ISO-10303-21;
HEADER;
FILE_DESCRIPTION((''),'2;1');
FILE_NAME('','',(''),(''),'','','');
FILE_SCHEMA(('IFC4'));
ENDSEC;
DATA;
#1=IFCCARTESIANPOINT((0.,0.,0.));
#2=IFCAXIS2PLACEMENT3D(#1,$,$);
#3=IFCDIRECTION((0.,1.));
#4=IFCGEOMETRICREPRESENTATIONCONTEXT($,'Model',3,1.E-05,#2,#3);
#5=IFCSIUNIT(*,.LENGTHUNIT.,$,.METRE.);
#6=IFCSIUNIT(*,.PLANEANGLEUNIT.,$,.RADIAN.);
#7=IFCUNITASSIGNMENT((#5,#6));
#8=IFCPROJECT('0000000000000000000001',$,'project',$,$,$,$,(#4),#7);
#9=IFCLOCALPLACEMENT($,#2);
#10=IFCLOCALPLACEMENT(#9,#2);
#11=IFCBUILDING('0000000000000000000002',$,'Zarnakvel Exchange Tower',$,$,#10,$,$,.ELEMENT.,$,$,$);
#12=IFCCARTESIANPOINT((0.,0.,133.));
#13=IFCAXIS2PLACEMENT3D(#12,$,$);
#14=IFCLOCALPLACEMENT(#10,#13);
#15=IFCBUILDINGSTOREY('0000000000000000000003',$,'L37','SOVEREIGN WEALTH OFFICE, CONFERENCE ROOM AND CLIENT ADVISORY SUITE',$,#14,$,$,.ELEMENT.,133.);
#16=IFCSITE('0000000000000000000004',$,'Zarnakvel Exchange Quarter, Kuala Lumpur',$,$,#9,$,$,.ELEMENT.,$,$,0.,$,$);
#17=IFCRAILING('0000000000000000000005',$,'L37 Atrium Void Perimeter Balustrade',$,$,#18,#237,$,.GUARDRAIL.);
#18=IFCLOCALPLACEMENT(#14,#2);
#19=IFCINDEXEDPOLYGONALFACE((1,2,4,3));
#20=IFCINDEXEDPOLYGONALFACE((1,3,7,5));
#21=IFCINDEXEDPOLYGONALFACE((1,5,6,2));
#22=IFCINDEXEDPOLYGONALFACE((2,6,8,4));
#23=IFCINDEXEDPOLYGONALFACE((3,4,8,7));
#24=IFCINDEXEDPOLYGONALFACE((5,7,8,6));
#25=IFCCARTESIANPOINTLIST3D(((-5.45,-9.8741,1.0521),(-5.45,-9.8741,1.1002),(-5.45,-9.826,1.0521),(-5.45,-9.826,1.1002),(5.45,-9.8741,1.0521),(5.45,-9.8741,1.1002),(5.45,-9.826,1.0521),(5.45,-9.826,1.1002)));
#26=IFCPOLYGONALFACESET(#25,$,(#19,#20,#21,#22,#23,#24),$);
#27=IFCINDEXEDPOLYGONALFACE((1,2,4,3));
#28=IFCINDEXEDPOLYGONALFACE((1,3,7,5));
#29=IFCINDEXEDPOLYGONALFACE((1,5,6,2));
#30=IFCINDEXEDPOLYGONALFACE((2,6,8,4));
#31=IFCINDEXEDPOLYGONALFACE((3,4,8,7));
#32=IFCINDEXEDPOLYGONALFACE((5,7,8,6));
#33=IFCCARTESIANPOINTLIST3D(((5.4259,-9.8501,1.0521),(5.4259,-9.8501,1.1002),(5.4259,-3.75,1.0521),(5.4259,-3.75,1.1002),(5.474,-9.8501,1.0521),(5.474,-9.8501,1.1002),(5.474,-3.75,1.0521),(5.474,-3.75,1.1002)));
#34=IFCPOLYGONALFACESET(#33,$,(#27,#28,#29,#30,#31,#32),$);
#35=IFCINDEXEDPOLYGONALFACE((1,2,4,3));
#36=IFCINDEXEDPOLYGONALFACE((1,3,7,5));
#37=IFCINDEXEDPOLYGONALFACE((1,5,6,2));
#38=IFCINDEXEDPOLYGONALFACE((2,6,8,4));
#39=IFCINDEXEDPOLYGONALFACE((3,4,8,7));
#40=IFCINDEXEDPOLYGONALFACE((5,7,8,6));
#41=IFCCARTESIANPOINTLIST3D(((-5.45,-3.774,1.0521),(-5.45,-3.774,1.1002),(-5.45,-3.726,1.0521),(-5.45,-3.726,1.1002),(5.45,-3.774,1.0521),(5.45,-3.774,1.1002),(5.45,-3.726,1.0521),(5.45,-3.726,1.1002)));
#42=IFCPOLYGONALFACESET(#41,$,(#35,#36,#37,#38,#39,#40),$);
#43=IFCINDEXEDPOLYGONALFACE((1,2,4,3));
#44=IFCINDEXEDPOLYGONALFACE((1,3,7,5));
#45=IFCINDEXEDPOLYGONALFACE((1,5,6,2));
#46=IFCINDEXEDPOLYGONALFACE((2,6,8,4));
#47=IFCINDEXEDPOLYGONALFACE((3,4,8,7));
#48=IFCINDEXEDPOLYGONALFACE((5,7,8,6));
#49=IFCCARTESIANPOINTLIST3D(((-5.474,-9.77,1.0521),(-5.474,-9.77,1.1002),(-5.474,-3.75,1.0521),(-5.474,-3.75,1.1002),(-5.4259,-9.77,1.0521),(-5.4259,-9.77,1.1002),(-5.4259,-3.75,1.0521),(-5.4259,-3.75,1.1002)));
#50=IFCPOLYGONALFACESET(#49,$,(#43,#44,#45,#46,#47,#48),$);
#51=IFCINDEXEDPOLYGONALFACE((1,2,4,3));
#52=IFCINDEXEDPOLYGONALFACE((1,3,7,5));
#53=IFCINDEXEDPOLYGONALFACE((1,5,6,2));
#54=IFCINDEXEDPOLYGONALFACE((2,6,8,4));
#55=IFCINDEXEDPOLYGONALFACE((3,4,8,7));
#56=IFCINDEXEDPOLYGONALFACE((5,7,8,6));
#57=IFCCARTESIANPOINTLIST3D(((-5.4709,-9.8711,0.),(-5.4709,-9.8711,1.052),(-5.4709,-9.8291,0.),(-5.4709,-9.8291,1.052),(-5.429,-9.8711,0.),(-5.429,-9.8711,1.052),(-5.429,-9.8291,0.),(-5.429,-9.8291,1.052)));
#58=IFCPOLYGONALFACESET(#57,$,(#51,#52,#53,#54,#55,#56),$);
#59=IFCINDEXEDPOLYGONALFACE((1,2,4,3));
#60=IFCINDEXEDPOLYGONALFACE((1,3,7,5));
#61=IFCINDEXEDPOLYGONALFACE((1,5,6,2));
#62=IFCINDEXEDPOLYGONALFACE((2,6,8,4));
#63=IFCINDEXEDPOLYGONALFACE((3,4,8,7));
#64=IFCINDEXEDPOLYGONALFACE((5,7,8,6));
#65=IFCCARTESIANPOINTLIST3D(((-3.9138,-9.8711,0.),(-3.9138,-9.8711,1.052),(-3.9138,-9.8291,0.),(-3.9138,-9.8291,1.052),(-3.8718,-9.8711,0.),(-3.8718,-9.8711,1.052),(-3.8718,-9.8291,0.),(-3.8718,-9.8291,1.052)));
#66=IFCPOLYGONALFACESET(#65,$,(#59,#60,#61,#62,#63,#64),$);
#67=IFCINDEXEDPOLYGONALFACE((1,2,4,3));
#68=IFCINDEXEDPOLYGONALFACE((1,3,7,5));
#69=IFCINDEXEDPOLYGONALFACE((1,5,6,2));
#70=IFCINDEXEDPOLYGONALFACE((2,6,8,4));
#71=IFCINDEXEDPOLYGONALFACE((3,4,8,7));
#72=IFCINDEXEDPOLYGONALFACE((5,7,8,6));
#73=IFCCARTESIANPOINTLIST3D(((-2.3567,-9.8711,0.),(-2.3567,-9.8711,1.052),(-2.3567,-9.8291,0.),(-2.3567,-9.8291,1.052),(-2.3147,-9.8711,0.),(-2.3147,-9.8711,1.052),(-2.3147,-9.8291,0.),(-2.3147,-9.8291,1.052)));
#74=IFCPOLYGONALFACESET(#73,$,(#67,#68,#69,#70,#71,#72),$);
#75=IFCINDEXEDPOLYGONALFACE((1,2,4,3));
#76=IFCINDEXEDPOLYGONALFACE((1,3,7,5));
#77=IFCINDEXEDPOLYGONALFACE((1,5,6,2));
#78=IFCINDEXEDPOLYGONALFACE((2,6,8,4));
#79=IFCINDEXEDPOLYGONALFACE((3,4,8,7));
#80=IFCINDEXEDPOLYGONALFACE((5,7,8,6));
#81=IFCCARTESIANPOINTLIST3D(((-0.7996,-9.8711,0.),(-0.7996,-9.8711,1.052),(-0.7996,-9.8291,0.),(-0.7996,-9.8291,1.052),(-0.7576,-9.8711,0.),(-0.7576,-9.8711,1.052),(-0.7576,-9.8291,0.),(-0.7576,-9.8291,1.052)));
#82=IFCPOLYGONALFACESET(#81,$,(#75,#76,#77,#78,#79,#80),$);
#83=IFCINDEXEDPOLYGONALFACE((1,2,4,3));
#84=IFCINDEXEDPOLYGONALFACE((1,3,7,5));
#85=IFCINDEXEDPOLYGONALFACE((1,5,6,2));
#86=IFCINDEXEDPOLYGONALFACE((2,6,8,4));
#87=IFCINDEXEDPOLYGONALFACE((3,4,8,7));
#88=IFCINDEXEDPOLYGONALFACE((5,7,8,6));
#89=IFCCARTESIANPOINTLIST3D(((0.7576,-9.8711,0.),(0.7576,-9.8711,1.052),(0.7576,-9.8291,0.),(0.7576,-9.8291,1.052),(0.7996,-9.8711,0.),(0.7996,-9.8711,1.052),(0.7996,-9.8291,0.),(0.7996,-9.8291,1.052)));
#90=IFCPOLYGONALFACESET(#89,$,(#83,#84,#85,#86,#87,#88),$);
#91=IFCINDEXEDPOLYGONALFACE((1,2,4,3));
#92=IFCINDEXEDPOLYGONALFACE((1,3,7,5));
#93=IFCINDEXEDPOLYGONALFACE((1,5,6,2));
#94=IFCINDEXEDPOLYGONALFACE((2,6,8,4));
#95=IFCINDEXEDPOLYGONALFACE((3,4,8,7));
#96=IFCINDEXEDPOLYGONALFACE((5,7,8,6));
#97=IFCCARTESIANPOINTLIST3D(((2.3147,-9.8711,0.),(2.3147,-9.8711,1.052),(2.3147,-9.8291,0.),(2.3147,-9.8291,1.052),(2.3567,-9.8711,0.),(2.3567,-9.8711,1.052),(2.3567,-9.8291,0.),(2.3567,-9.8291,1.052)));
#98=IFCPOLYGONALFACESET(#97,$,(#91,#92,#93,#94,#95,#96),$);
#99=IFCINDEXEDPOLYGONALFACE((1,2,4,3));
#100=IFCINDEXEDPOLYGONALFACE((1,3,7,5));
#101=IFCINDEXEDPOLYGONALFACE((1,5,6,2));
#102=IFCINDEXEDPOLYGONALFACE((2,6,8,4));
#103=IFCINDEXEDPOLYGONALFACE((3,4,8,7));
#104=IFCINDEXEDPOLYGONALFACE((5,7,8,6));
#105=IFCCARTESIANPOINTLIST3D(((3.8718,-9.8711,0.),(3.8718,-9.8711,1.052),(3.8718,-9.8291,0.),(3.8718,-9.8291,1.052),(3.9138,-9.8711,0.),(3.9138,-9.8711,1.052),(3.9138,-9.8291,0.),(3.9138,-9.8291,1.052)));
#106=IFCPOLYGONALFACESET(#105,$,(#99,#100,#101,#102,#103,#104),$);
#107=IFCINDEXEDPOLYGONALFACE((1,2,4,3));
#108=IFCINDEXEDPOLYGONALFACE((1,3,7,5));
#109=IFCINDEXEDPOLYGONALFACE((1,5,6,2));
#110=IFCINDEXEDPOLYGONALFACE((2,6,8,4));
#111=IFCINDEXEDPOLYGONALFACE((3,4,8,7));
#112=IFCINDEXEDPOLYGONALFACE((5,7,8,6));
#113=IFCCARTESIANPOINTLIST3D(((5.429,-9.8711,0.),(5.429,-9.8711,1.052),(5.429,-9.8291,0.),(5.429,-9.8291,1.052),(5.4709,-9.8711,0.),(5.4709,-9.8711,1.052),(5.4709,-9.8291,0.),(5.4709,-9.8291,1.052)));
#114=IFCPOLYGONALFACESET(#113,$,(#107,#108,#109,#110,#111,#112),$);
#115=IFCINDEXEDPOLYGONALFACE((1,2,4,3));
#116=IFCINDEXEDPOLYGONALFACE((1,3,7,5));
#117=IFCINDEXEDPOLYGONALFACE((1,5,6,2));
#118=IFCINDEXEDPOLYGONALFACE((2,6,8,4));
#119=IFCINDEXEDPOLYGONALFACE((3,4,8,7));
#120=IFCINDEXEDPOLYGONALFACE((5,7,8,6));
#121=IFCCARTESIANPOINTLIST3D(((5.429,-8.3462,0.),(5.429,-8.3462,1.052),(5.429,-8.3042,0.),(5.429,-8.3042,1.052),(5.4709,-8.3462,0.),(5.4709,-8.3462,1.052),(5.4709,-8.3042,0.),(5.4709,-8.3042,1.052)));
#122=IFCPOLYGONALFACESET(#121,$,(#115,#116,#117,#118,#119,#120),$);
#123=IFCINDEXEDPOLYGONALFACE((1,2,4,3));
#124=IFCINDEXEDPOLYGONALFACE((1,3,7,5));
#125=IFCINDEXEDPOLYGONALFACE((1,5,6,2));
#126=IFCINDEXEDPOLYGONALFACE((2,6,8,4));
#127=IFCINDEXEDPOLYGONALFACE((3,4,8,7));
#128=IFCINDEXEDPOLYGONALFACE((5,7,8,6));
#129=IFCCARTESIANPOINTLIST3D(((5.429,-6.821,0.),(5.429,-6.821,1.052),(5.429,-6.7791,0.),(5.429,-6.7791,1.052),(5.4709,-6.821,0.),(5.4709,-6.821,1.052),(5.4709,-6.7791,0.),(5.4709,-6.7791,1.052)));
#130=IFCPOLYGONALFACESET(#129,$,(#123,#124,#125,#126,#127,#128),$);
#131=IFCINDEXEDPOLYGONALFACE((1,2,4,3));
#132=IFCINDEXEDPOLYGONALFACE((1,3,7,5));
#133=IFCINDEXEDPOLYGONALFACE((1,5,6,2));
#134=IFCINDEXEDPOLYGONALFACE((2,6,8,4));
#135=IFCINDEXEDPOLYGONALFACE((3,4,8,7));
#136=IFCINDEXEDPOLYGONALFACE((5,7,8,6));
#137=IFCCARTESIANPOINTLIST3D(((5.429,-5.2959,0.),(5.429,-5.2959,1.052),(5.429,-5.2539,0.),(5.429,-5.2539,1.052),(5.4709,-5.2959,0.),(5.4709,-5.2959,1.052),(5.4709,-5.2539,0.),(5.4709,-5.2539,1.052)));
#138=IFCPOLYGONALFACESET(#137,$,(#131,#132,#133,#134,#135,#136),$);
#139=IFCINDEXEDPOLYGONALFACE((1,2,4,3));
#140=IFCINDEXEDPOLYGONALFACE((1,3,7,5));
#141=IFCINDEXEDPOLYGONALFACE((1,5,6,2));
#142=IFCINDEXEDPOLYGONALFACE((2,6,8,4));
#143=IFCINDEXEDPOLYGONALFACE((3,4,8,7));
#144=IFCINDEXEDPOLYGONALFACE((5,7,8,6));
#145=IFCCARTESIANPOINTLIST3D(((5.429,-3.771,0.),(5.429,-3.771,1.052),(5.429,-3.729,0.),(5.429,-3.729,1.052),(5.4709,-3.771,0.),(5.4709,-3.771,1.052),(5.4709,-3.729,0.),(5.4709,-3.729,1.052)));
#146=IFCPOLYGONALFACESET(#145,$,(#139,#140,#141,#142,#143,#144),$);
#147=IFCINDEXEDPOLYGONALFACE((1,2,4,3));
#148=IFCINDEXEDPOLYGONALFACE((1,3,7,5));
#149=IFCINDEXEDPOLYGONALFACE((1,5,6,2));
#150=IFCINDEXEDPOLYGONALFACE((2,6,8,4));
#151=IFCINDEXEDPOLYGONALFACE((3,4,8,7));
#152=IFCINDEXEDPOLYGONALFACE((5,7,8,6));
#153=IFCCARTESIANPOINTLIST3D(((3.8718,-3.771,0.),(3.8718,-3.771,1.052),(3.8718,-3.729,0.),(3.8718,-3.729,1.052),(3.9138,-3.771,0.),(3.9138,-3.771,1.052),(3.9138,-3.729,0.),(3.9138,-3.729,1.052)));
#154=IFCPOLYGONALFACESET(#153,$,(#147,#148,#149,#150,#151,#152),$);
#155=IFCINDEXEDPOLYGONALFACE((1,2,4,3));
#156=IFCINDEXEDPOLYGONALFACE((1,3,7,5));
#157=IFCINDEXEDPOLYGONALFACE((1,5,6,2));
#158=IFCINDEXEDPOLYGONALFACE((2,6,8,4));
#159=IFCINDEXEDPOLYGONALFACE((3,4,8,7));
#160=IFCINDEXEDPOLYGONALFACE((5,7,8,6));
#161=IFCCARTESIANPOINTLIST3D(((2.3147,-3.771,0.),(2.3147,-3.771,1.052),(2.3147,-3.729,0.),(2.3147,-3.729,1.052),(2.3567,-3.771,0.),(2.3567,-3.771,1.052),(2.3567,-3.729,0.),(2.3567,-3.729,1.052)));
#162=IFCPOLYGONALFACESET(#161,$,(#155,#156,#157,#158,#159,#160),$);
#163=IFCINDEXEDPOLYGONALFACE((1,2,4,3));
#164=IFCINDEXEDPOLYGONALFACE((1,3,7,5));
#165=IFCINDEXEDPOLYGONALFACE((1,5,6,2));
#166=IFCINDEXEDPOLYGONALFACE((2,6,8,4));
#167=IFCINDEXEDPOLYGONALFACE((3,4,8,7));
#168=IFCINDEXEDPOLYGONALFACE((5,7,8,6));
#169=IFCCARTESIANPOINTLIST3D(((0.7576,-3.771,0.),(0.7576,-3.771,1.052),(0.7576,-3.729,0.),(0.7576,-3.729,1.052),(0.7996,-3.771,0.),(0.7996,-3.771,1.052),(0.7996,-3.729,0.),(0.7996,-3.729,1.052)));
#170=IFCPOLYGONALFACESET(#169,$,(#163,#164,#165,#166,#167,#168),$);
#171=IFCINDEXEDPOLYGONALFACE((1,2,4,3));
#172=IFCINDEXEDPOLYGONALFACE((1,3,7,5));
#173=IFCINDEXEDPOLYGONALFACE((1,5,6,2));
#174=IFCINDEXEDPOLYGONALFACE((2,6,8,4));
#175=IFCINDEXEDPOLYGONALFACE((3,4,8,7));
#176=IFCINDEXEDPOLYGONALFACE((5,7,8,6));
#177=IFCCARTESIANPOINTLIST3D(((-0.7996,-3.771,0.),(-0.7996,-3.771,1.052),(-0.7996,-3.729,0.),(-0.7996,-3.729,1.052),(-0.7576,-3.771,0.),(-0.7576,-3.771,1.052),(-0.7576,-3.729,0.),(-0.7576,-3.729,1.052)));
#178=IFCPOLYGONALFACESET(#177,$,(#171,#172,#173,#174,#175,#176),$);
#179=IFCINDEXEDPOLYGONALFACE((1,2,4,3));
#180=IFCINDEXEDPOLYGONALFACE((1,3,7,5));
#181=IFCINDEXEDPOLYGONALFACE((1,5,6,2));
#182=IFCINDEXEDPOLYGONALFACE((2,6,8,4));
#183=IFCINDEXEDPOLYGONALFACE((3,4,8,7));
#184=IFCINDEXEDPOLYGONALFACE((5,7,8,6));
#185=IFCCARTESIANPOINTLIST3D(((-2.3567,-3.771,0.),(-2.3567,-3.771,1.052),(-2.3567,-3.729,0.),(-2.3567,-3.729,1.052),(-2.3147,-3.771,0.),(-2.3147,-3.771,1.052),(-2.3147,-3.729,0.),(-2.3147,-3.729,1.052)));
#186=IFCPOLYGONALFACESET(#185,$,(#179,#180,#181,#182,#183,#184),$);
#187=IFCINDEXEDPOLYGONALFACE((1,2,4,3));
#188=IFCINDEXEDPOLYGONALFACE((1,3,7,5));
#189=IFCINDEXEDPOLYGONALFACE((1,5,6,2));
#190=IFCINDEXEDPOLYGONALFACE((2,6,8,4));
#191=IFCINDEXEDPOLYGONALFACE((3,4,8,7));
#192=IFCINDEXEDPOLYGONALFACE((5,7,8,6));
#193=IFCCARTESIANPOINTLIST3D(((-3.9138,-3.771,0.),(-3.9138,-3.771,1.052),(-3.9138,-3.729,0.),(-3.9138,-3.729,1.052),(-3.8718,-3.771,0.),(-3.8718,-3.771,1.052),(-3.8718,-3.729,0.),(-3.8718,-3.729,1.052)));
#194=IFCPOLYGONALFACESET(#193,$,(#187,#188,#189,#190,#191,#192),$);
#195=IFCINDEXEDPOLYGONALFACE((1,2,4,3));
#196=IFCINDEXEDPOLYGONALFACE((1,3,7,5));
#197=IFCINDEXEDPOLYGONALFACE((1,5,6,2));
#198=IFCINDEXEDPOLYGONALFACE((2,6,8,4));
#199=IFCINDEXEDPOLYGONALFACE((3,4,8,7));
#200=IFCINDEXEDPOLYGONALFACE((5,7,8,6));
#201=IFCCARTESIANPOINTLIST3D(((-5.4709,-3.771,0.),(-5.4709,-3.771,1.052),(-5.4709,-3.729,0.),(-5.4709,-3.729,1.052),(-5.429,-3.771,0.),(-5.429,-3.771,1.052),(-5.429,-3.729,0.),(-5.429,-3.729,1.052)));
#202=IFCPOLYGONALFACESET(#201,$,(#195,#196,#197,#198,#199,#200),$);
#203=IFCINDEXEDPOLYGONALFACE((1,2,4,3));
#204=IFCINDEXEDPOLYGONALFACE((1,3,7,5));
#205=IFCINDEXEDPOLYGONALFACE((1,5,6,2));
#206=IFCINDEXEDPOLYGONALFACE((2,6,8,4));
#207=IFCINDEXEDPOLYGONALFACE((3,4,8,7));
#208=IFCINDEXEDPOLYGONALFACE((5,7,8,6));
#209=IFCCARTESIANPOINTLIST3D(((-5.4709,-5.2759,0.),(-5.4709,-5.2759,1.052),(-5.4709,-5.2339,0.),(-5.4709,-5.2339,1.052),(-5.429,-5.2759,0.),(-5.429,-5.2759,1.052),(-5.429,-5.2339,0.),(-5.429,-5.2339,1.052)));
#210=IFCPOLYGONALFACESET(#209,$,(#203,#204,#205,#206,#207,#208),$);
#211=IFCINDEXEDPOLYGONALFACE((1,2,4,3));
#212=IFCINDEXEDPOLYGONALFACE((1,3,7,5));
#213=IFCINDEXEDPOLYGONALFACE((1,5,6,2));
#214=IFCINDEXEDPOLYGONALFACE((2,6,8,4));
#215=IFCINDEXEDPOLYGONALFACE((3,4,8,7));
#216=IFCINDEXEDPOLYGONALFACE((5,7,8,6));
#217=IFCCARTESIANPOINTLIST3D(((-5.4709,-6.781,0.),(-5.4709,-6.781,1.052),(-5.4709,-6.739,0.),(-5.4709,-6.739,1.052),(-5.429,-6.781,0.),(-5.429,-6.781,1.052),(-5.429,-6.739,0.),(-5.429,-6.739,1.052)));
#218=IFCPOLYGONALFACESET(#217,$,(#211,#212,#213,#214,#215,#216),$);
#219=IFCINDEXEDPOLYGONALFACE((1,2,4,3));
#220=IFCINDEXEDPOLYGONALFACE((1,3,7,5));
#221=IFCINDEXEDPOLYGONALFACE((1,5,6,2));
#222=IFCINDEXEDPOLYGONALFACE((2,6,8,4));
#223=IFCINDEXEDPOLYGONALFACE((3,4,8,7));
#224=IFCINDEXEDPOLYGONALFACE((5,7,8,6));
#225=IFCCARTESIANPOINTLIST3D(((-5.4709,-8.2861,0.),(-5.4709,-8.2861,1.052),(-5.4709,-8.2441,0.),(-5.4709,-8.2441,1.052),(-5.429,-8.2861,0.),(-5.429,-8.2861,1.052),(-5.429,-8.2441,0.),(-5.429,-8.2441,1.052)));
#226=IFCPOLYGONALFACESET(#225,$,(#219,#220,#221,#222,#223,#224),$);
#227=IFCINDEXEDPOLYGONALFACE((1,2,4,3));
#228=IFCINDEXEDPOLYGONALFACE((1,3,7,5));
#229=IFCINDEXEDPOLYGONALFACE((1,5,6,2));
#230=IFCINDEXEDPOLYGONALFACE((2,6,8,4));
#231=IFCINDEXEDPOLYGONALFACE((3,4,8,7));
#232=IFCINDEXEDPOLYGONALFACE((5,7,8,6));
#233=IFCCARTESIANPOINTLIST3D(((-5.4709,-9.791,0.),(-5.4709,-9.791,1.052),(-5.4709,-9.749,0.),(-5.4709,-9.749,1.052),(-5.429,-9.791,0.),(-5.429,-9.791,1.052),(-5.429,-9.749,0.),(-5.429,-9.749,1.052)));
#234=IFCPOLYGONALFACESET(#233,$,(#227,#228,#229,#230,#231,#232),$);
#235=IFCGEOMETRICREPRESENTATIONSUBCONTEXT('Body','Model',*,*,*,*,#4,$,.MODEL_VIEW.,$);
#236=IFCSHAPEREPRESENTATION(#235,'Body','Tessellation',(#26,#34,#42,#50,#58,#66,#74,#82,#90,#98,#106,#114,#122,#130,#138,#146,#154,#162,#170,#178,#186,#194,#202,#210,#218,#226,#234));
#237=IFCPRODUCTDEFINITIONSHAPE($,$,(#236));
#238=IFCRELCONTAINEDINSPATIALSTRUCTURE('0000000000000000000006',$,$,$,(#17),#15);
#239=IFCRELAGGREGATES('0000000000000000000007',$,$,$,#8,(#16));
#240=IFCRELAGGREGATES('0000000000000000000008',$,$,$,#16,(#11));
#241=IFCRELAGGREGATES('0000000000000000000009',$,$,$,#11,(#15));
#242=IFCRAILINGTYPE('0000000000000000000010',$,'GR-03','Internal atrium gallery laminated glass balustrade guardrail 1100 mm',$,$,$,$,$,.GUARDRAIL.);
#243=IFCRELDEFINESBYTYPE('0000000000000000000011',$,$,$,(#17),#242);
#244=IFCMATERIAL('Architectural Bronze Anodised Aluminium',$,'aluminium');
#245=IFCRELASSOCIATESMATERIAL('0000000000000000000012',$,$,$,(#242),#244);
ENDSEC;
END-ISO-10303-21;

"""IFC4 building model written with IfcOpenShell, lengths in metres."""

from ifc_helpers import new_model, si_unit, direction, frame, origin, origin_2d, place, context, subcontext, project, spatial, rectangle, extrude, material, type_object, element, save


model = new_model("IFC4")

# Units and contexts
model_context = context("Model", 3, precision=1e-05, world=origin(), true_north=direction((0.0, 1.0)))
body_context = subcontext(model_context, "Body", "Model", "MODEL_VIEW")
ifc_project = project(units=[si_unit("LENGTHUNIT", "METRE"), si_unit("PLANEANGLEUNIT", "RADIAN")], contexts=[model_context])

# Site, building, storey
site_placement = place(None, origin())
site = spatial("IfcSite", under=ifc_project, at=site_placement, Name="Zarnakvel Exchange Quarter, Kuala Lumpur", CompositionType="ELEMENT", RefElevation=0.0)
building_placement = place(site_placement, origin())
building = spatial("IfcBuilding", under=site, at=building_placement, Name="Zarnakvel Exchange Tower", CompositionType="ELEMENT")
storey_placement = place(building_placement, frame((0.0, 0.0, 133.0)))
storey = spatial("IfcBuildingStorey", under=building, at=storey_placement, Name="L37", Description="SOVEREIGN WEALTH OFFICE, CONFERENCE ROOM AND CLIENT ADVISORY SUITE", CompositionType="ELEMENT", Elevation=133.0)

# Shared definitions
ifc_material_1 = material(Name="Architectural Bronze Anodised Aluminium", Category="aluminium")

# Railing
railing_type_1 = type_object("IfcRailingType", Name="GR-03", Description="Internal atrium gallery laminated glass balustrade guardrail 1100 mm", PredefinedType="GUARDRAIL", material=ifc_material_1)
railing_1_placement = place(storey_placement, frame((-5.45, -9.8501, 0.0)))
element("IfcRailing", 1, at=railing_1_placement, inside=storey, type_object=railing_type_1, Name="L37 Atrium Void Perimeter Balustrade", PredefinedType="GUARDRAIL", context=body_context, shape_type="SweptSolid", body=[
    extrude(rectangle(XDim=0.0481, YDim=0.0481, at=origin_2d()), frame((0.0, 0.0, 1.0762), z_axis=(1.0, 0.0, 0.0), x_axis=(0.0, 1.0, 0.0)), (0.0, 0.0, 1.0), 10.8999),
    extrude(rectangle(XDim=0.0481, YDim=0.0481, at=origin_2d()), frame((10.8999, 0.0, 1.0762), z_axis=(0.0, 1.0, 0.0), x_axis=(-1.0, 0.0, 0.0)), (0.0, 0.0, 1.0), 6.1001),
    extrude(rectangle(XDim=0.0481, YDim=0.0481, at=origin_2d()), frame((10.8999, 6.1001, 1.0762), z_axis=(-1.0, 0.0, 0.0), x_axis=(0.0, -1.0, 0.0)), (0.0, 0.0, 1.0), 10.8999),
    extrude(rectangle(XDim=0.0481, YDim=0.0481, at=origin_2d()), frame((0.0, 6.1001, 1.0762), z_axis=(0.0, -1.0, 0.0), x_axis=(1.0, 0.0, 0.0)), (0.0, 0.0, 1.0), 6.02),
    extrude(rectangle(XDim=0.042, YDim=0.042, at=origin_2d()), origin(), (0.0, 0.0, 1.0), 1.052),
    extrude(rectangle(XDim=0.042, YDim=0.042, at=origin_2d()), frame((1.5571, 0.0, 0.0)), (0.0, 0.0, 1.0), 1.052),
    extrude(rectangle(XDim=0.042, YDim=0.042, at=origin_2d()), frame((3.1143, 0.0, 0.0)), (0.0, 0.0, 1.0), 1.052),
    extrude(rectangle(XDim=0.042, YDim=0.042, at=origin_2d()), frame((4.6714, 0.0, 0.0)), (0.0, 0.0, 1.0), 1.052),
    extrude(rectangle(XDim=0.042, YDim=0.042, at=origin_2d()), frame((6.2285, 0.0, 0.0)), (0.0, 0.0, 1.0), 1.052),
    extrude(rectangle(XDim=0.042, YDim=0.042, at=origin_2d()), frame((7.7856, 0.0, 0.0)), (0.0, 0.0, 1.0), 1.052),
    extrude(rectangle(XDim=0.042, YDim=0.042, at=origin_2d()), frame((9.3428, 0.0, 0.0)), (0.0, 0.0, 1.0), 1.052),
    extrude(rectangle(XDim=0.042, YDim=0.042, at=origin_2d()), frame((10.8999, 0.0, 0.0)), (0.0, 0.0, 1.0), 1.052),
    extrude(rectangle(XDim=0.042, YDim=0.042, at=origin_2d()), frame((10.8999, 1.5249, 0.0)), (0.0, 0.0, 1.0), 1.052),
    extrude(rectangle(XDim=0.042, YDim=0.042, at=origin_2d()), frame((10.8999, 3.05, 0.0)), (0.0, 0.0, 1.0), 1.052),
    extrude(rectangle(XDim=0.042, YDim=0.042, at=origin_2d()), frame((10.8999, 4.5752, 0.0)), (0.0, 0.0, 1.0), 1.052),
    extrude(rectangle(XDim=0.042, YDim=0.042, at=origin_2d()), frame((10.8999, 6.1001, 0.0)), (0.0, 0.0, 1.0), 1.052),
    extrude(rectangle(XDim=0.042, YDim=0.042, at=origin_2d()), frame((9.3428, 6.1001, 0.0)), (0.0, 0.0, 1.0), 1.052),
    extrude(rectangle(XDim=0.042, YDim=0.042, at=origin_2d()), frame((7.7856, 6.1001, 0.0)), (0.0, 0.0, 1.0), 1.052),
    extrude(rectangle(XDim=0.042, YDim=0.042, at=origin_2d()), frame((6.2285, 6.1001, 0.0)), (0.0, 0.0, 1.0), 1.052),
    extrude(rectangle(XDim=0.042, YDim=0.042, at=origin_2d()), frame((4.6714, 6.1001, 0.0)), (0.0, 0.0, 1.0), 1.052),
    extrude(rectangle(XDim=0.042, YDim=0.042, at=origin_2d()), frame((3.1143, 6.1001, 0.0)), (0.0, 0.0, 1.0), 1.052),
    extrude(rectangle(XDim=0.042, YDim=0.042, at=origin_2d()), frame((1.5571, 6.1001, 0.0)), (0.0, 0.0, 1.0), 1.052),
    extrude(rectangle(XDim=0.042, YDim=0.042, at=origin_2d()), frame((0.0, 6.1001, 0.0)), (0.0, 0.0, 1.0), 1.052),
    extrude(rectangle(XDim=0.042, YDim=0.042, at=origin_2d()), frame((0.0, 4.5952, 0.0)), (0.0, 0.0, 1.0), 1.052),
    extrude(rectangle(XDim=0.042, YDim=0.042, at=origin_2d()), frame((0.0, 3.0901, 0.0)), (0.0, 0.0, 1.0), 1.052),
    extrude(rectangle(XDim=0.042, YDim=0.042, at=origin_2d()), frame((0.0, 1.585, 0.0)), (0.0, 0.0, 1.0), 1.052),
    extrude(rectangle(XDim=0.042, YDim=0.042, at=origin_2d()), frame((0.0, 0.0801, 0.0)), (0.0, 0.0, 1.0), 1.052),
])

save(model, "model.ifc")
